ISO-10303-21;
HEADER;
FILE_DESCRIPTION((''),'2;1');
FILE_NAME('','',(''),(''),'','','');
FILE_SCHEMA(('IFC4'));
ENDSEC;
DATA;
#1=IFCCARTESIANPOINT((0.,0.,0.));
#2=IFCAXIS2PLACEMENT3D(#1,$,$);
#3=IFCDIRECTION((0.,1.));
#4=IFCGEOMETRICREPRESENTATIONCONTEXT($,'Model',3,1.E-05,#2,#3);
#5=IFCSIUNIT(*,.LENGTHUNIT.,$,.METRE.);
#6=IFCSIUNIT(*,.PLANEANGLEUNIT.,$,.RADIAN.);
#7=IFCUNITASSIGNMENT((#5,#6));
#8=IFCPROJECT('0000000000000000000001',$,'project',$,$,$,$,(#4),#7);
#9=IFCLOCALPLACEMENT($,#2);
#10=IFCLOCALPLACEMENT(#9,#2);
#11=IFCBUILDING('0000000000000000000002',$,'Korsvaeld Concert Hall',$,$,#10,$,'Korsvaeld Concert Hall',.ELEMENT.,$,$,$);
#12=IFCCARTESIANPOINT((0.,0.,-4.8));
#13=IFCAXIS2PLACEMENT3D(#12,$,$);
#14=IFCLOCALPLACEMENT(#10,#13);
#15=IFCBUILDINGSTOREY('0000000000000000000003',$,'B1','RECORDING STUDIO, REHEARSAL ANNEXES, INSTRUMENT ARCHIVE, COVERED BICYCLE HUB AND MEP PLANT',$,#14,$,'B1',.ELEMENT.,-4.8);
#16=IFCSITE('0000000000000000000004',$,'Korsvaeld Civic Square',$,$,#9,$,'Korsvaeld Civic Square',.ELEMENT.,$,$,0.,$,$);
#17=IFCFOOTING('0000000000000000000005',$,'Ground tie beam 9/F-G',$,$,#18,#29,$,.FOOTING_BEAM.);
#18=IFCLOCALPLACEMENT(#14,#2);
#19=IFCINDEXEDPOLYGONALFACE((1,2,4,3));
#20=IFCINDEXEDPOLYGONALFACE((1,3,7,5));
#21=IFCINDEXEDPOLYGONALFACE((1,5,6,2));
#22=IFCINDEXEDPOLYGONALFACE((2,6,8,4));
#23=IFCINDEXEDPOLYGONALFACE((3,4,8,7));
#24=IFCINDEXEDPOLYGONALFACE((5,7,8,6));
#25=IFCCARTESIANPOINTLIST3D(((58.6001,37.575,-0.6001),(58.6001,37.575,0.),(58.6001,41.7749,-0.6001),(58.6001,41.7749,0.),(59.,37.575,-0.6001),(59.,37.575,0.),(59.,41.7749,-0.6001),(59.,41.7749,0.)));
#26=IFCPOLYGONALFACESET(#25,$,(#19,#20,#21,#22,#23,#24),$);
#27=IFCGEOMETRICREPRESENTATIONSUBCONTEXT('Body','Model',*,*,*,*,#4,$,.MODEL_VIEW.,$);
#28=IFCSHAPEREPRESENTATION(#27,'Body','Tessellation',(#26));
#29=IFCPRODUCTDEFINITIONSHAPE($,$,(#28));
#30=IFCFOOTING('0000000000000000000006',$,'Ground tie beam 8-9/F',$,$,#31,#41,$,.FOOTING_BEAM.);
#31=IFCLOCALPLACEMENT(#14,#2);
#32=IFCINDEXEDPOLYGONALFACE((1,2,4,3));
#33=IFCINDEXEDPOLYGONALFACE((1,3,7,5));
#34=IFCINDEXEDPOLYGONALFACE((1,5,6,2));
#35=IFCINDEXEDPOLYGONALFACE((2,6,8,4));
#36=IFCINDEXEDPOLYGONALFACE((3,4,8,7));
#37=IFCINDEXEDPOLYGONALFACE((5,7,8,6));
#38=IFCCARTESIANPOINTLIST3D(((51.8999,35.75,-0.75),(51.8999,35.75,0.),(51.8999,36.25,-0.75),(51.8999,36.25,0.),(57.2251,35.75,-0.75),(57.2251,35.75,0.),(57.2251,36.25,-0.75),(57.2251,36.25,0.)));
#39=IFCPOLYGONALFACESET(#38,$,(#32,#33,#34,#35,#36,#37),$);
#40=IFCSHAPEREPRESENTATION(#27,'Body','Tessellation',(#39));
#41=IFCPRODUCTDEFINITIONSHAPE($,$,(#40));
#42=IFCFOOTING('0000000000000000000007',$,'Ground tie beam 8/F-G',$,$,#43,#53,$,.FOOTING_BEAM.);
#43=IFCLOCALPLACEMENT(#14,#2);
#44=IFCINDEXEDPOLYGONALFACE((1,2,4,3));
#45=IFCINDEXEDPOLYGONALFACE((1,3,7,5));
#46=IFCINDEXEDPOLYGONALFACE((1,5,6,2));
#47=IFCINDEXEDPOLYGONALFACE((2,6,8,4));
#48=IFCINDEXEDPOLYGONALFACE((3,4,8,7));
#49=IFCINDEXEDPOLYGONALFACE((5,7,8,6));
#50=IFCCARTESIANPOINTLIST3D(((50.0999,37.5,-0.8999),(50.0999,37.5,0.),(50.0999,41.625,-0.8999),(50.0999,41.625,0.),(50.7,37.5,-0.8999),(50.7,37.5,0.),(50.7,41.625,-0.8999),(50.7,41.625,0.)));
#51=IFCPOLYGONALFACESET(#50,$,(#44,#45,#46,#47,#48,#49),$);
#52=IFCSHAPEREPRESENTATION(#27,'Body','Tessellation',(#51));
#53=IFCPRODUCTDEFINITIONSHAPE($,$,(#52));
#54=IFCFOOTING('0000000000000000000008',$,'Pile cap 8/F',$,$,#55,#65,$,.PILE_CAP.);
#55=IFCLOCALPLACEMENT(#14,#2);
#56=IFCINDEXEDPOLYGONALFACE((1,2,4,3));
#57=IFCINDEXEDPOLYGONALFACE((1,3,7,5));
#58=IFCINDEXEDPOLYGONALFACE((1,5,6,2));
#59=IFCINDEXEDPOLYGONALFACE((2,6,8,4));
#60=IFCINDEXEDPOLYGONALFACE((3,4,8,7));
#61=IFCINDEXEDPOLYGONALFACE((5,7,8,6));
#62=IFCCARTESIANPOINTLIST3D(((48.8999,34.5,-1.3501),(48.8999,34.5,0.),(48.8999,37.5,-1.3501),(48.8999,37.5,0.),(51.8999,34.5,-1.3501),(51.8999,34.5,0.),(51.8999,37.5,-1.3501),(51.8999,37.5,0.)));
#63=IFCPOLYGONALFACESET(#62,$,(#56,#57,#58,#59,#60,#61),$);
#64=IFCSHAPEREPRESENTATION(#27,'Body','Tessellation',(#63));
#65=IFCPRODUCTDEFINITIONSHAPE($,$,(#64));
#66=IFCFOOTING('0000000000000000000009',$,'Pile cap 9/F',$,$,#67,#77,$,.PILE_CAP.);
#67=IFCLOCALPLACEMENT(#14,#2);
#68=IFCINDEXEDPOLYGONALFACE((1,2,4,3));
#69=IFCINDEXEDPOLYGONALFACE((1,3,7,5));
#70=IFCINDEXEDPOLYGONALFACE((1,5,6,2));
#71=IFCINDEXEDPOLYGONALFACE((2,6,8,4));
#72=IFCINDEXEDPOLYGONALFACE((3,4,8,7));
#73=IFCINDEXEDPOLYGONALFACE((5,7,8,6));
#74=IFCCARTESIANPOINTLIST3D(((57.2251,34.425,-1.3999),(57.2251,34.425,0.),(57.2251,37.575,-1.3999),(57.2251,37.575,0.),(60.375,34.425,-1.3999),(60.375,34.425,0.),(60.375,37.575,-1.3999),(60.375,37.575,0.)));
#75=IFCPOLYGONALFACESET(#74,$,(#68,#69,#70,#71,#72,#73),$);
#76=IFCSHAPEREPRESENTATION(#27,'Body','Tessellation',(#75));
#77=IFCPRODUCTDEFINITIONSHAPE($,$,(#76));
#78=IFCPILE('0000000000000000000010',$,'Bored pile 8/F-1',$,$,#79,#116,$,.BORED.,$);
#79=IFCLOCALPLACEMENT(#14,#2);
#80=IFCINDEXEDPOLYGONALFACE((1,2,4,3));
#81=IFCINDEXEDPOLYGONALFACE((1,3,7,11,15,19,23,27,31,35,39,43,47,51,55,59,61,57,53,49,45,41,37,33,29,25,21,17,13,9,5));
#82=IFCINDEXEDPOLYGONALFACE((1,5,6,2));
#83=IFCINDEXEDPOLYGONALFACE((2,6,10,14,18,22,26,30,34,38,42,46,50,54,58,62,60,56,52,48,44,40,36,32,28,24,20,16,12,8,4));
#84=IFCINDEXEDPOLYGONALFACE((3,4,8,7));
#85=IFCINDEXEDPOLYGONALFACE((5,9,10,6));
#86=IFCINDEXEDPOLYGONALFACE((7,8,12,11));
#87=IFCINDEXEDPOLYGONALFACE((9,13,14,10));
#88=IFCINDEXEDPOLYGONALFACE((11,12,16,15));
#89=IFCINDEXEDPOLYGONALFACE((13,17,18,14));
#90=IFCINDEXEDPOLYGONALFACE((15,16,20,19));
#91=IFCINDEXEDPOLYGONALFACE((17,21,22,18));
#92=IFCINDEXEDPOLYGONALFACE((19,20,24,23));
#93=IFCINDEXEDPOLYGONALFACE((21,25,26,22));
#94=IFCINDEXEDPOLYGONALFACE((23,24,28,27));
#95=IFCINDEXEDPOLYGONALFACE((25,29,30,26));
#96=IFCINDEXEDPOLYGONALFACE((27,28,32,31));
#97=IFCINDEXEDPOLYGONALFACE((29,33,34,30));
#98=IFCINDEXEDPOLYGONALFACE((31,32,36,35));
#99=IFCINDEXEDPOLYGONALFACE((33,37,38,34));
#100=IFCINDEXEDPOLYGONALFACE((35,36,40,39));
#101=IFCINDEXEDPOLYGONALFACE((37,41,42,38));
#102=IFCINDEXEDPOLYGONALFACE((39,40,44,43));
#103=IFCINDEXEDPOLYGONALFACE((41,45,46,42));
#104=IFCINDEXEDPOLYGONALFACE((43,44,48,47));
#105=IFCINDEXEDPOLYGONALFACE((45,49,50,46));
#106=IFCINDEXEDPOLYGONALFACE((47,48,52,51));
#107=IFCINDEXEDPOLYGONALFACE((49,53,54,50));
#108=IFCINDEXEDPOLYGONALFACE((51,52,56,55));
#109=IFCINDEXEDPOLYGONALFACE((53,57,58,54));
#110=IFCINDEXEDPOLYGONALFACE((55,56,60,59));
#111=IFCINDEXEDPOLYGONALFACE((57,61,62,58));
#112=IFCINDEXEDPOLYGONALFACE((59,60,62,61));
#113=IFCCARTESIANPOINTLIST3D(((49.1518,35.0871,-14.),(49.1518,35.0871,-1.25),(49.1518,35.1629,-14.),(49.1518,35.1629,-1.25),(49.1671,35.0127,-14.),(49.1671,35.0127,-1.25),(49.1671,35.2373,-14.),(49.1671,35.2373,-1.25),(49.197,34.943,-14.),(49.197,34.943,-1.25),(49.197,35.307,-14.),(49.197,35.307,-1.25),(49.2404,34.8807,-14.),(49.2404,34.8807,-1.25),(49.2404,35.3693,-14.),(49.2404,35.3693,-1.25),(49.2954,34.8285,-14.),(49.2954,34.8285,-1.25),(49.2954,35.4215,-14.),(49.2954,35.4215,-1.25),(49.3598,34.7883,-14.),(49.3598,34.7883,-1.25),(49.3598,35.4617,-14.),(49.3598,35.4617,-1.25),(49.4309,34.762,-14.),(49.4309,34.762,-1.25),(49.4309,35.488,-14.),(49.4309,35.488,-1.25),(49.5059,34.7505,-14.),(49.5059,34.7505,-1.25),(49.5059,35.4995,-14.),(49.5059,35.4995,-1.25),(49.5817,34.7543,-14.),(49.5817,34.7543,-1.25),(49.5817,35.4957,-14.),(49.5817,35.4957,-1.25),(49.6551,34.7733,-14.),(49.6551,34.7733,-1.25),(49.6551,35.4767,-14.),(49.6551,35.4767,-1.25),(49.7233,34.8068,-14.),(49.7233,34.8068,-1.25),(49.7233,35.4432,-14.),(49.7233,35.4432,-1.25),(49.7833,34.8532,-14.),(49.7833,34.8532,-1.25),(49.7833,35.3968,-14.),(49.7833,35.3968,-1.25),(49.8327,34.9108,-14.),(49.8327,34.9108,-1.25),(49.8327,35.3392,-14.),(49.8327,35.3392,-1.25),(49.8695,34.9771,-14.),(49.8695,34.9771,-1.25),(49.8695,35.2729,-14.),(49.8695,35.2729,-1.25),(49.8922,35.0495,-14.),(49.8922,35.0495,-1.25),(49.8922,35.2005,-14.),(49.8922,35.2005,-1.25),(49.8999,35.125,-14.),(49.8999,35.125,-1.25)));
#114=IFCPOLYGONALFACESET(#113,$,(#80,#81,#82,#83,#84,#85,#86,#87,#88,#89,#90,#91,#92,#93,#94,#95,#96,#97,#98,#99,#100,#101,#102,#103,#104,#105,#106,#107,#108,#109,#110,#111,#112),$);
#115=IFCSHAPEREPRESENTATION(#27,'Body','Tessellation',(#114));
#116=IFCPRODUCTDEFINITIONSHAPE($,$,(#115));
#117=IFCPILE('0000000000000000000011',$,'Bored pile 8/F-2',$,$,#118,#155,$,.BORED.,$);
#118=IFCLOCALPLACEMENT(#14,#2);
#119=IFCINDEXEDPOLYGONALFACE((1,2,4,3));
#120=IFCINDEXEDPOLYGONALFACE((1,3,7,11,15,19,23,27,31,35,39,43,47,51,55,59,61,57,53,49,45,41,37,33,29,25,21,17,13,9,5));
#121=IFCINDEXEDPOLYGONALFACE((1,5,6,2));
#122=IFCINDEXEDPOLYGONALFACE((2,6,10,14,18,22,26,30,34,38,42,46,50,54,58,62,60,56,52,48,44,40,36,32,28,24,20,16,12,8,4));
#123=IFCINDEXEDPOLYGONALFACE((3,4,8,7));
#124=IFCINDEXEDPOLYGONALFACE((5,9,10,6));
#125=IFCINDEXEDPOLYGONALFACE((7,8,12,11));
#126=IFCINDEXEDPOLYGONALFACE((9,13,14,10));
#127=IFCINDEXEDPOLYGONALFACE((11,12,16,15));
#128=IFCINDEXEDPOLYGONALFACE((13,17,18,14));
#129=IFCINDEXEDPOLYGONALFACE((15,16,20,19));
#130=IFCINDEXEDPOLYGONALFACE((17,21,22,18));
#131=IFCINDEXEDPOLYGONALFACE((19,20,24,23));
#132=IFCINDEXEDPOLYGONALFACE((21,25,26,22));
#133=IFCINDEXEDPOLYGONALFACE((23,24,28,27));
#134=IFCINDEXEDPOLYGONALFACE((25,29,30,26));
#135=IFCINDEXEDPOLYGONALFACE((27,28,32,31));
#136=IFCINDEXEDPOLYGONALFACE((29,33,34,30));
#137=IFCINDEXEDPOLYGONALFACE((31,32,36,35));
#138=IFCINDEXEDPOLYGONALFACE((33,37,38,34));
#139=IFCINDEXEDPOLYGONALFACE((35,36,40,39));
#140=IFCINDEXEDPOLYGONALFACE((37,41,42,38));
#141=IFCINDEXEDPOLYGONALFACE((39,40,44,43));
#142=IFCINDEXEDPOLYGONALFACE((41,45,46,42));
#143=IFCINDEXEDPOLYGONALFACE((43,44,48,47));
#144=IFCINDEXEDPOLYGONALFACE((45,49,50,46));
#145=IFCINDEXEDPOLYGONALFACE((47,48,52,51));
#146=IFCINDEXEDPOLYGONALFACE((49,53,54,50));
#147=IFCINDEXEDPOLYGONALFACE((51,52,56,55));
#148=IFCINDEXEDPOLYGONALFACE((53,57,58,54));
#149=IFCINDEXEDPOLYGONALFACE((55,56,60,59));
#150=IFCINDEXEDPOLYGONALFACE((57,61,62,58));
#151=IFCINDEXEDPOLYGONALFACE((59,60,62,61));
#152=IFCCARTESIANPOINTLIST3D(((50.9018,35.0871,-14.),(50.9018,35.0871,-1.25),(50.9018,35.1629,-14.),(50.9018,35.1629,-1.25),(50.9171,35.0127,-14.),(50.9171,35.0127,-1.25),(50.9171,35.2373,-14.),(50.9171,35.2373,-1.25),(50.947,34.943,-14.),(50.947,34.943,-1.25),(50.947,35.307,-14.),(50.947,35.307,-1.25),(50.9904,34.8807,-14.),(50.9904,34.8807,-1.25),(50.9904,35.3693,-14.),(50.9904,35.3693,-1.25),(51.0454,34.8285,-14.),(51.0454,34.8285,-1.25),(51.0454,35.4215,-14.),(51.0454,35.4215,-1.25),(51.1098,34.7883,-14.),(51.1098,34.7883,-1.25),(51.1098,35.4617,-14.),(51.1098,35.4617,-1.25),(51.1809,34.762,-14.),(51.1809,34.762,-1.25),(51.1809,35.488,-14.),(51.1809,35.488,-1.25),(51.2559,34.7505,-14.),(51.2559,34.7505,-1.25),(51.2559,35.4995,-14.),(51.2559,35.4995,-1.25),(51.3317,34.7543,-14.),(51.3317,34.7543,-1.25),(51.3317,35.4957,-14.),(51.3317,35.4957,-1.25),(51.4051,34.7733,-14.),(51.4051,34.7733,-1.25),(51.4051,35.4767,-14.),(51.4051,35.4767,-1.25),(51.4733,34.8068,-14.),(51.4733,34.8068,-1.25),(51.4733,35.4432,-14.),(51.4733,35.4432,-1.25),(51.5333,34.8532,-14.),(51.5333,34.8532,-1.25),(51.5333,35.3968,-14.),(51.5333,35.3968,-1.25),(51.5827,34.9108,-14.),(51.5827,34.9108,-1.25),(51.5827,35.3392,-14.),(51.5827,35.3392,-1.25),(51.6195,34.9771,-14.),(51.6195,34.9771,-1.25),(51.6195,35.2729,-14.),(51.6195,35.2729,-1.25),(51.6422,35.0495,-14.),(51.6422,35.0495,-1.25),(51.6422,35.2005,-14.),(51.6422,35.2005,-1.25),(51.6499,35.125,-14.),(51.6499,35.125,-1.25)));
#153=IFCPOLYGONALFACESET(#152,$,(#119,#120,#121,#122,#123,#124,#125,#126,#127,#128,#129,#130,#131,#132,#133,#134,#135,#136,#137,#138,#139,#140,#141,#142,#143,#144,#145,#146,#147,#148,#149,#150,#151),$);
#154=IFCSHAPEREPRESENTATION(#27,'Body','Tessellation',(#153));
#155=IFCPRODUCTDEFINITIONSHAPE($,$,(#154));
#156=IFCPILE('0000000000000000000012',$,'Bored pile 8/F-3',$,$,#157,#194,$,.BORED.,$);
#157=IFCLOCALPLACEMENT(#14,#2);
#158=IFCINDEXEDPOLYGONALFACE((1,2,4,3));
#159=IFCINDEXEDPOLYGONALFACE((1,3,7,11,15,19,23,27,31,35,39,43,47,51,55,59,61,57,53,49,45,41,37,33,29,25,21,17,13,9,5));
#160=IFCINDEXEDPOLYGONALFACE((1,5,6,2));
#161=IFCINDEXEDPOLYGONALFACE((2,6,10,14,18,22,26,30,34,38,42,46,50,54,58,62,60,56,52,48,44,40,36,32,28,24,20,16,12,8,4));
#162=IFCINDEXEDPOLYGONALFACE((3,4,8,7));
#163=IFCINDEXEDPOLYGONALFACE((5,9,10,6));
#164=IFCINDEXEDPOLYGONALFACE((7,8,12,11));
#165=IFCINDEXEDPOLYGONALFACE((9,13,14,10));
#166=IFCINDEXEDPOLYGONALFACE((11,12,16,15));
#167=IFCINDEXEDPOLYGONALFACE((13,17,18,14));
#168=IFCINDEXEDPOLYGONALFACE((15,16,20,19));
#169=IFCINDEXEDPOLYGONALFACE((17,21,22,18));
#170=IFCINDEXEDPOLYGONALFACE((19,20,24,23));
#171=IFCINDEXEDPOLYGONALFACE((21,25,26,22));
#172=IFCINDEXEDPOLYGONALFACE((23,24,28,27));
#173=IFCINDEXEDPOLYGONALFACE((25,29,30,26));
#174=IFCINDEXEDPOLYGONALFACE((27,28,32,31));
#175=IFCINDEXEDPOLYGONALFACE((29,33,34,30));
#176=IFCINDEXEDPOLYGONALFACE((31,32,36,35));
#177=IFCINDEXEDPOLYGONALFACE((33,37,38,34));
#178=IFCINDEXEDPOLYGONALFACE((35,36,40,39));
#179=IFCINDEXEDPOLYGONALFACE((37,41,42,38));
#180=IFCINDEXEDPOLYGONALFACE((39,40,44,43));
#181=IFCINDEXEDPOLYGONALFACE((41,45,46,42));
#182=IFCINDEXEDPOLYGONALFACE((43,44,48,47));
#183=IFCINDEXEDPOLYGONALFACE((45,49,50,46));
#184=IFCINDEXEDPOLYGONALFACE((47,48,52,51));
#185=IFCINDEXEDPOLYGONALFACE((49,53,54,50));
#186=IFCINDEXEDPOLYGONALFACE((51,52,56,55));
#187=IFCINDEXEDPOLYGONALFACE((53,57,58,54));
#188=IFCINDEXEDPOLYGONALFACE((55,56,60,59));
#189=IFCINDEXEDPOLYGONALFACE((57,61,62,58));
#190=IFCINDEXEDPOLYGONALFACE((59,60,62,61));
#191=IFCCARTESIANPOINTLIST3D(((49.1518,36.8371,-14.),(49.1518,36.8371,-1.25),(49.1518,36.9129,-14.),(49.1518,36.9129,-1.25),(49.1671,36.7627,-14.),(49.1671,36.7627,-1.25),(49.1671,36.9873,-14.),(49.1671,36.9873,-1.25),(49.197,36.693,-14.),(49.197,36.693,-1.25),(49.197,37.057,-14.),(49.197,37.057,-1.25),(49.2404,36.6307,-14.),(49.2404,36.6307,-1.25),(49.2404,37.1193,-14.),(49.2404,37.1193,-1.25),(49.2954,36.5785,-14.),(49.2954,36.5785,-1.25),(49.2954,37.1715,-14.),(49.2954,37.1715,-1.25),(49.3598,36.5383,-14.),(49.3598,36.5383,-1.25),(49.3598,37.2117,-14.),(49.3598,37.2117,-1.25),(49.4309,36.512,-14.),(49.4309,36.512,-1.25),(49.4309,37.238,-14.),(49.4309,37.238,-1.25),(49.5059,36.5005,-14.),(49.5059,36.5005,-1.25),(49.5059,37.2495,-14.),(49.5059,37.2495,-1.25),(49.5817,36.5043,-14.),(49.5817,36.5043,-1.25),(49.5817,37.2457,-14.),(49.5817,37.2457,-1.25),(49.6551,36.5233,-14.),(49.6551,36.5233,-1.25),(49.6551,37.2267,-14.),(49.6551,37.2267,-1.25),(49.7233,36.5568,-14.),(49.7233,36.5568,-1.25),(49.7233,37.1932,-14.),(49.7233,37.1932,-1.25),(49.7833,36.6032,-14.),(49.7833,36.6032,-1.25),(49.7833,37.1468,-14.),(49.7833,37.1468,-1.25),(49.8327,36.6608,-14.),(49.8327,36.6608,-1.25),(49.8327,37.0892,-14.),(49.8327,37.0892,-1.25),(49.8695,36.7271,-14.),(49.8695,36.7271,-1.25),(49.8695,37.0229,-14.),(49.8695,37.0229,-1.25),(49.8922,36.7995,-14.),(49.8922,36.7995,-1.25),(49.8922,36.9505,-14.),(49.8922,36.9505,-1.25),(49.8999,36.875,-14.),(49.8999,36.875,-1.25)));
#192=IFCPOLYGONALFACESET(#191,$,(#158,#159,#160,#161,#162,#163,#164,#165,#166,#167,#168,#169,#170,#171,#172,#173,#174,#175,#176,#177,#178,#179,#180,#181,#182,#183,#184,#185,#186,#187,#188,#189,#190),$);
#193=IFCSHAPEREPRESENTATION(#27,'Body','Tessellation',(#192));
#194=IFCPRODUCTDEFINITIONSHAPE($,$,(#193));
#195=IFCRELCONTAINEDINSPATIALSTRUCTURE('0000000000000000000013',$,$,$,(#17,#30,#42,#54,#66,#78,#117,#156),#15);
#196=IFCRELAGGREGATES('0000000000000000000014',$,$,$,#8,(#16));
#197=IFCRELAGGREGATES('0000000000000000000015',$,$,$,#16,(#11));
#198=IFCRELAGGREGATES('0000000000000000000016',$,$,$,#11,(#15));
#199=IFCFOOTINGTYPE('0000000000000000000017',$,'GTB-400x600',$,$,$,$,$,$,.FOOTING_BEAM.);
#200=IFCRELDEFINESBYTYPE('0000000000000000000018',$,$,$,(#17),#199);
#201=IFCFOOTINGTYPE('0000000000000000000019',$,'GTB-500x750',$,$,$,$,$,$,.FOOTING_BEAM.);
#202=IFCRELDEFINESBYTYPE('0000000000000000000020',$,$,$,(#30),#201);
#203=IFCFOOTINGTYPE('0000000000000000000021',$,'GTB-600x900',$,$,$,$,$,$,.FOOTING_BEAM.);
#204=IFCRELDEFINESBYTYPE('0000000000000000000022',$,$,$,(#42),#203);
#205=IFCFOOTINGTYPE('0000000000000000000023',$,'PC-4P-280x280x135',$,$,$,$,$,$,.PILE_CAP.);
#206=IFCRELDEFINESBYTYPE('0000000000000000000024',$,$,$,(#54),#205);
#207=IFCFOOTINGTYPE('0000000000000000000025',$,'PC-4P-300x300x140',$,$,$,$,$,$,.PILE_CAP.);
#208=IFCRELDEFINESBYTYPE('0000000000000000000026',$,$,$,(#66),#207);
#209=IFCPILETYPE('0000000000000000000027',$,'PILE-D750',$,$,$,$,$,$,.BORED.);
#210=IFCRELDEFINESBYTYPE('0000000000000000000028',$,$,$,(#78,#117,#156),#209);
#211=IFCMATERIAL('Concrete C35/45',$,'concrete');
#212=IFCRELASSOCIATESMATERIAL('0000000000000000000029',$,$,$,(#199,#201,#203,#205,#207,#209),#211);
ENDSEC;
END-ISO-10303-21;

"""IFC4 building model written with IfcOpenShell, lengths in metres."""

from ifc_helpers import new_model, si_unit, direction, frame, origin, origin_2d, place, context, subcontext, project, spatial, rectangle, circle, extrude, material, material_profile, profile_set, type_object, element, save


model = new_model("IFC4")

# Units and contexts
model_context = context("Model", 3, precision=1e-05, world=origin(), true_north=direction((0.0, 1.0)))
body_context = subcontext(model_context, "Body", "Model", "MODEL_VIEW")
ifc_project = project(units=[si_unit("LENGTHUNIT", "METRE"), si_unit("PLANEANGLEUNIT", "RADIAN")], contexts=[model_context])

# Site, building, storey
site_placement = place(None, origin())
site = spatial("IfcSite", under=ifc_project, at=site_placement, Name="Korsvaeld Civic Square", LongName="Korsvaeld Civic Square", CompositionType="ELEMENT", RefElevation=0.0)
building_placement = place(site_placement, origin())
building = spatial("IfcBuilding", under=site, at=building_placement, Name="Korsvaeld Concert Hall", LongName="Korsvaeld Concert Hall", CompositionType="ELEMENT")
storey_placement = place(building_placement, frame((0.0, 0.0, -4.8)))
storey = spatial("IfcBuildingStorey", under=building, at=storey_placement, Name="B1", Description="RECORDING STUDIO, REHEARSAL ANNEXES, INSTRUMENT ARCHIVE, COVERED BICYCLE HUB AND MEP PLANT", LongName="B1", CompositionType="ELEMENT", Elevation=-4.8)

# Footings
ifc_material_1 = material(Name="Concrete C35/45", Category="concrete")
ifc_material_profile_1 = material_profile(ifc_material_1, rectangle(XDim=0.3999, YDim=0.6001, at=origin_2d()), Name="GTB 400x600")
ifc_profile_set_1 = profile_set([ifc_material_profile_1], Name="Concrete C35/45")
footing_type_1 = type_object("IfcFootingType", Name="GTB-400x600", PredefinedType="FOOTING_BEAM", material=ifc_profile_set_1)
footing_1_placement = place(storey_placement, frame((58.8, 37.575, -0.3), z_axis=(0.0, 1.0, 0.0), x_axis=(-1.0, 0.0, 0.0)))
element("IfcFooting", 1, at=footing_1_placement, inside=storey, type_object=footing_type_1, Name="Ground tie beam 9/F-G", PredefinedType="FOOTING_BEAM", context=body_context, shape_type="SweptSolid", body=[
    extrude(rectangle(XDim=0.3999, YDim=0.6001, at=origin_2d()), origin(), (0.0, 0.0, 1.0), 4.2),
])
ifc_material_profile_2 = material_profile(ifc_material_1, rectangle(XDim=0.5, YDim=0.75, at=origin_2d()), Name="GTB 500x750")
ifc_profile_set_2 = profile_set([ifc_material_profile_2], Name="Concrete C35/45")
footing_type_2 = type_object("IfcFootingType", Name="GTB-500x750", PredefinedType="FOOTING_BEAM", material=ifc_profile_set_2)
footing_2_placement = place(storey_placement, frame((51.8999, 36.0, -0.375), z_axis=(1.0, 0.0, 0.0), x_axis=(0.0, 1.0, 0.0)))
element("IfcFooting", 2, at=footing_2_placement, inside=storey, type_object=footing_type_2, Name="Ground tie beam 8-9/F", PredefinedType="FOOTING_BEAM", context=body_context, shape_type="SweptSolid", body=[
    extrude(rectangle(XDim=0.5, YDim=0.75, at=origin_2d()), origin(), (0.0, 0.0, 1.0), 5.3252),
])
ifc_material_profile_3 = material_profile(ifc_material_1, rectangle(XDim=0.6001, YDim=0.8999, at=origin_2d()), Name="GTB 600x900")
ifc_profile_set_3 = profile_set([ifc_material_profile_3], Name="Concrete C35/45")
footing_type_3 = type_object("IfcFootingType", Name="GTB-600x900", PredefinedType="FOOTING_BEAM", material=ifc_profile_set_3)
footing_3_placement = place(storey_placement, frame((50.3999, 37.5, -0.45), z_axis=(0.0, 1.0, 0.0), x_axis=(-1.0, 0.0, 0.0)))
element("IfcFooting", 3, at=footing_3_placement, inside=storey, type_object=footing_type_3, Name="Ground tie beam 8/F-G", PredefinedType="FOOTING_BEAM", context=body_context, shape_type="SweptSolid", body=[
    extrude(rectangle(XDim=0.6001, YDim=0.8999, at=origin_2d()), origin(), (0.0, 0.0, 1.0), 4.125),
])
footing_type_4 = type_object("IfcFootingType", Name="PC-4P-280x280x135", PredefinedType="PILE_CAP", material=ifc_material_1)
footing_4_placement = place(storey_placement, frame((50.3999, 36.0, -1.3501), z_axis=(0.0, 0.0, 1.0), x_axis=(1.0, 0.0, 0.0)))
element("IfcFooting", 4, at=footing_4_placement, inside=storey, type_object=footing_type_4, Name="Pile cap 8/F", PredefinedType="PILE_CAP", context=body_context, shape_type="SweptSolid", body=[
    extrude(rectangle(XDim=3.0, YDim=3.0, at=origin_2d()), origin(), (0.0, 0.0, 1.0), 1.3501),
])
footing_type_5 = type_object("IfcFootingType", Name="PC-4P-300x300x140", PredefinedType="PILE_CAP", material=ifc_material_1)
footing_5_placement = place(storey_placement, frame((58.8, 36.0, -1.3999), z_axis=(0.0, 0.0, 1.0), x_axis=(1.0, 0.0, 0.0)))
element("IfcFooting", 5, at=footing_5_placement, inside=storey, type_object=footing_type_5, Name="Pile cap 9/F", PredefinedType="PILE_CAP", context=body_context, shape_type="SweptSolid", body=[
    extrude(rectangle(XDim=3.1499, YDim=3.1499, at=origin_2d()), origin(), (0.0, 0.0, 1.0), 1.3999),
])

# Piles
ifc_material_profile_4 = material_profile(ifc_material_1, circle(Radius=0.375, at=origin_2d()), Name="BORED PILE D750")
ifc_profile_set_4 = profile_set([ifc_material_profile_4], Name="Concrete C35/45")
pile_type_1 = type_object("IfcPileType", Name="PILE-D750", PredefinedType="BORED", material=ifc_profile_set_4)
for number, where, z_axis, x_axis, name in (
    (6, (49.5249, 35.125, -1.25), (0.0, 0.0, -1.0), (1.0, 0.0, 0.0), "Bored pile 8/F-1"),
    (7, (51.2749, 35.125, -1.25), (0.0, 0.0, -1.0), (1.0, 0.0, 0.0), "Bored pile 8/F-2"),
    (8, (49.5249, 36.875, -1.25), (0.0, 0.0, -1.0), (1.0, 0.0, 0.0), "Bored pile 8/F-3"),
):
    element("IfcPile", number, at=place(storey_placement, frame(where, z_axis=z_axis, x_axis=x_axis)), inside=storey, type_object=pile_type_1, Name=name, PredefinedType="BORED", context=body_context, shape_type="SweptSolid", body=[
        extrude(circle(Radius=0.375, at=origin_2d()), origin(), (0.0, 0.0, 1.0), 12.75),
    ])

save(model, "model.ifc")
